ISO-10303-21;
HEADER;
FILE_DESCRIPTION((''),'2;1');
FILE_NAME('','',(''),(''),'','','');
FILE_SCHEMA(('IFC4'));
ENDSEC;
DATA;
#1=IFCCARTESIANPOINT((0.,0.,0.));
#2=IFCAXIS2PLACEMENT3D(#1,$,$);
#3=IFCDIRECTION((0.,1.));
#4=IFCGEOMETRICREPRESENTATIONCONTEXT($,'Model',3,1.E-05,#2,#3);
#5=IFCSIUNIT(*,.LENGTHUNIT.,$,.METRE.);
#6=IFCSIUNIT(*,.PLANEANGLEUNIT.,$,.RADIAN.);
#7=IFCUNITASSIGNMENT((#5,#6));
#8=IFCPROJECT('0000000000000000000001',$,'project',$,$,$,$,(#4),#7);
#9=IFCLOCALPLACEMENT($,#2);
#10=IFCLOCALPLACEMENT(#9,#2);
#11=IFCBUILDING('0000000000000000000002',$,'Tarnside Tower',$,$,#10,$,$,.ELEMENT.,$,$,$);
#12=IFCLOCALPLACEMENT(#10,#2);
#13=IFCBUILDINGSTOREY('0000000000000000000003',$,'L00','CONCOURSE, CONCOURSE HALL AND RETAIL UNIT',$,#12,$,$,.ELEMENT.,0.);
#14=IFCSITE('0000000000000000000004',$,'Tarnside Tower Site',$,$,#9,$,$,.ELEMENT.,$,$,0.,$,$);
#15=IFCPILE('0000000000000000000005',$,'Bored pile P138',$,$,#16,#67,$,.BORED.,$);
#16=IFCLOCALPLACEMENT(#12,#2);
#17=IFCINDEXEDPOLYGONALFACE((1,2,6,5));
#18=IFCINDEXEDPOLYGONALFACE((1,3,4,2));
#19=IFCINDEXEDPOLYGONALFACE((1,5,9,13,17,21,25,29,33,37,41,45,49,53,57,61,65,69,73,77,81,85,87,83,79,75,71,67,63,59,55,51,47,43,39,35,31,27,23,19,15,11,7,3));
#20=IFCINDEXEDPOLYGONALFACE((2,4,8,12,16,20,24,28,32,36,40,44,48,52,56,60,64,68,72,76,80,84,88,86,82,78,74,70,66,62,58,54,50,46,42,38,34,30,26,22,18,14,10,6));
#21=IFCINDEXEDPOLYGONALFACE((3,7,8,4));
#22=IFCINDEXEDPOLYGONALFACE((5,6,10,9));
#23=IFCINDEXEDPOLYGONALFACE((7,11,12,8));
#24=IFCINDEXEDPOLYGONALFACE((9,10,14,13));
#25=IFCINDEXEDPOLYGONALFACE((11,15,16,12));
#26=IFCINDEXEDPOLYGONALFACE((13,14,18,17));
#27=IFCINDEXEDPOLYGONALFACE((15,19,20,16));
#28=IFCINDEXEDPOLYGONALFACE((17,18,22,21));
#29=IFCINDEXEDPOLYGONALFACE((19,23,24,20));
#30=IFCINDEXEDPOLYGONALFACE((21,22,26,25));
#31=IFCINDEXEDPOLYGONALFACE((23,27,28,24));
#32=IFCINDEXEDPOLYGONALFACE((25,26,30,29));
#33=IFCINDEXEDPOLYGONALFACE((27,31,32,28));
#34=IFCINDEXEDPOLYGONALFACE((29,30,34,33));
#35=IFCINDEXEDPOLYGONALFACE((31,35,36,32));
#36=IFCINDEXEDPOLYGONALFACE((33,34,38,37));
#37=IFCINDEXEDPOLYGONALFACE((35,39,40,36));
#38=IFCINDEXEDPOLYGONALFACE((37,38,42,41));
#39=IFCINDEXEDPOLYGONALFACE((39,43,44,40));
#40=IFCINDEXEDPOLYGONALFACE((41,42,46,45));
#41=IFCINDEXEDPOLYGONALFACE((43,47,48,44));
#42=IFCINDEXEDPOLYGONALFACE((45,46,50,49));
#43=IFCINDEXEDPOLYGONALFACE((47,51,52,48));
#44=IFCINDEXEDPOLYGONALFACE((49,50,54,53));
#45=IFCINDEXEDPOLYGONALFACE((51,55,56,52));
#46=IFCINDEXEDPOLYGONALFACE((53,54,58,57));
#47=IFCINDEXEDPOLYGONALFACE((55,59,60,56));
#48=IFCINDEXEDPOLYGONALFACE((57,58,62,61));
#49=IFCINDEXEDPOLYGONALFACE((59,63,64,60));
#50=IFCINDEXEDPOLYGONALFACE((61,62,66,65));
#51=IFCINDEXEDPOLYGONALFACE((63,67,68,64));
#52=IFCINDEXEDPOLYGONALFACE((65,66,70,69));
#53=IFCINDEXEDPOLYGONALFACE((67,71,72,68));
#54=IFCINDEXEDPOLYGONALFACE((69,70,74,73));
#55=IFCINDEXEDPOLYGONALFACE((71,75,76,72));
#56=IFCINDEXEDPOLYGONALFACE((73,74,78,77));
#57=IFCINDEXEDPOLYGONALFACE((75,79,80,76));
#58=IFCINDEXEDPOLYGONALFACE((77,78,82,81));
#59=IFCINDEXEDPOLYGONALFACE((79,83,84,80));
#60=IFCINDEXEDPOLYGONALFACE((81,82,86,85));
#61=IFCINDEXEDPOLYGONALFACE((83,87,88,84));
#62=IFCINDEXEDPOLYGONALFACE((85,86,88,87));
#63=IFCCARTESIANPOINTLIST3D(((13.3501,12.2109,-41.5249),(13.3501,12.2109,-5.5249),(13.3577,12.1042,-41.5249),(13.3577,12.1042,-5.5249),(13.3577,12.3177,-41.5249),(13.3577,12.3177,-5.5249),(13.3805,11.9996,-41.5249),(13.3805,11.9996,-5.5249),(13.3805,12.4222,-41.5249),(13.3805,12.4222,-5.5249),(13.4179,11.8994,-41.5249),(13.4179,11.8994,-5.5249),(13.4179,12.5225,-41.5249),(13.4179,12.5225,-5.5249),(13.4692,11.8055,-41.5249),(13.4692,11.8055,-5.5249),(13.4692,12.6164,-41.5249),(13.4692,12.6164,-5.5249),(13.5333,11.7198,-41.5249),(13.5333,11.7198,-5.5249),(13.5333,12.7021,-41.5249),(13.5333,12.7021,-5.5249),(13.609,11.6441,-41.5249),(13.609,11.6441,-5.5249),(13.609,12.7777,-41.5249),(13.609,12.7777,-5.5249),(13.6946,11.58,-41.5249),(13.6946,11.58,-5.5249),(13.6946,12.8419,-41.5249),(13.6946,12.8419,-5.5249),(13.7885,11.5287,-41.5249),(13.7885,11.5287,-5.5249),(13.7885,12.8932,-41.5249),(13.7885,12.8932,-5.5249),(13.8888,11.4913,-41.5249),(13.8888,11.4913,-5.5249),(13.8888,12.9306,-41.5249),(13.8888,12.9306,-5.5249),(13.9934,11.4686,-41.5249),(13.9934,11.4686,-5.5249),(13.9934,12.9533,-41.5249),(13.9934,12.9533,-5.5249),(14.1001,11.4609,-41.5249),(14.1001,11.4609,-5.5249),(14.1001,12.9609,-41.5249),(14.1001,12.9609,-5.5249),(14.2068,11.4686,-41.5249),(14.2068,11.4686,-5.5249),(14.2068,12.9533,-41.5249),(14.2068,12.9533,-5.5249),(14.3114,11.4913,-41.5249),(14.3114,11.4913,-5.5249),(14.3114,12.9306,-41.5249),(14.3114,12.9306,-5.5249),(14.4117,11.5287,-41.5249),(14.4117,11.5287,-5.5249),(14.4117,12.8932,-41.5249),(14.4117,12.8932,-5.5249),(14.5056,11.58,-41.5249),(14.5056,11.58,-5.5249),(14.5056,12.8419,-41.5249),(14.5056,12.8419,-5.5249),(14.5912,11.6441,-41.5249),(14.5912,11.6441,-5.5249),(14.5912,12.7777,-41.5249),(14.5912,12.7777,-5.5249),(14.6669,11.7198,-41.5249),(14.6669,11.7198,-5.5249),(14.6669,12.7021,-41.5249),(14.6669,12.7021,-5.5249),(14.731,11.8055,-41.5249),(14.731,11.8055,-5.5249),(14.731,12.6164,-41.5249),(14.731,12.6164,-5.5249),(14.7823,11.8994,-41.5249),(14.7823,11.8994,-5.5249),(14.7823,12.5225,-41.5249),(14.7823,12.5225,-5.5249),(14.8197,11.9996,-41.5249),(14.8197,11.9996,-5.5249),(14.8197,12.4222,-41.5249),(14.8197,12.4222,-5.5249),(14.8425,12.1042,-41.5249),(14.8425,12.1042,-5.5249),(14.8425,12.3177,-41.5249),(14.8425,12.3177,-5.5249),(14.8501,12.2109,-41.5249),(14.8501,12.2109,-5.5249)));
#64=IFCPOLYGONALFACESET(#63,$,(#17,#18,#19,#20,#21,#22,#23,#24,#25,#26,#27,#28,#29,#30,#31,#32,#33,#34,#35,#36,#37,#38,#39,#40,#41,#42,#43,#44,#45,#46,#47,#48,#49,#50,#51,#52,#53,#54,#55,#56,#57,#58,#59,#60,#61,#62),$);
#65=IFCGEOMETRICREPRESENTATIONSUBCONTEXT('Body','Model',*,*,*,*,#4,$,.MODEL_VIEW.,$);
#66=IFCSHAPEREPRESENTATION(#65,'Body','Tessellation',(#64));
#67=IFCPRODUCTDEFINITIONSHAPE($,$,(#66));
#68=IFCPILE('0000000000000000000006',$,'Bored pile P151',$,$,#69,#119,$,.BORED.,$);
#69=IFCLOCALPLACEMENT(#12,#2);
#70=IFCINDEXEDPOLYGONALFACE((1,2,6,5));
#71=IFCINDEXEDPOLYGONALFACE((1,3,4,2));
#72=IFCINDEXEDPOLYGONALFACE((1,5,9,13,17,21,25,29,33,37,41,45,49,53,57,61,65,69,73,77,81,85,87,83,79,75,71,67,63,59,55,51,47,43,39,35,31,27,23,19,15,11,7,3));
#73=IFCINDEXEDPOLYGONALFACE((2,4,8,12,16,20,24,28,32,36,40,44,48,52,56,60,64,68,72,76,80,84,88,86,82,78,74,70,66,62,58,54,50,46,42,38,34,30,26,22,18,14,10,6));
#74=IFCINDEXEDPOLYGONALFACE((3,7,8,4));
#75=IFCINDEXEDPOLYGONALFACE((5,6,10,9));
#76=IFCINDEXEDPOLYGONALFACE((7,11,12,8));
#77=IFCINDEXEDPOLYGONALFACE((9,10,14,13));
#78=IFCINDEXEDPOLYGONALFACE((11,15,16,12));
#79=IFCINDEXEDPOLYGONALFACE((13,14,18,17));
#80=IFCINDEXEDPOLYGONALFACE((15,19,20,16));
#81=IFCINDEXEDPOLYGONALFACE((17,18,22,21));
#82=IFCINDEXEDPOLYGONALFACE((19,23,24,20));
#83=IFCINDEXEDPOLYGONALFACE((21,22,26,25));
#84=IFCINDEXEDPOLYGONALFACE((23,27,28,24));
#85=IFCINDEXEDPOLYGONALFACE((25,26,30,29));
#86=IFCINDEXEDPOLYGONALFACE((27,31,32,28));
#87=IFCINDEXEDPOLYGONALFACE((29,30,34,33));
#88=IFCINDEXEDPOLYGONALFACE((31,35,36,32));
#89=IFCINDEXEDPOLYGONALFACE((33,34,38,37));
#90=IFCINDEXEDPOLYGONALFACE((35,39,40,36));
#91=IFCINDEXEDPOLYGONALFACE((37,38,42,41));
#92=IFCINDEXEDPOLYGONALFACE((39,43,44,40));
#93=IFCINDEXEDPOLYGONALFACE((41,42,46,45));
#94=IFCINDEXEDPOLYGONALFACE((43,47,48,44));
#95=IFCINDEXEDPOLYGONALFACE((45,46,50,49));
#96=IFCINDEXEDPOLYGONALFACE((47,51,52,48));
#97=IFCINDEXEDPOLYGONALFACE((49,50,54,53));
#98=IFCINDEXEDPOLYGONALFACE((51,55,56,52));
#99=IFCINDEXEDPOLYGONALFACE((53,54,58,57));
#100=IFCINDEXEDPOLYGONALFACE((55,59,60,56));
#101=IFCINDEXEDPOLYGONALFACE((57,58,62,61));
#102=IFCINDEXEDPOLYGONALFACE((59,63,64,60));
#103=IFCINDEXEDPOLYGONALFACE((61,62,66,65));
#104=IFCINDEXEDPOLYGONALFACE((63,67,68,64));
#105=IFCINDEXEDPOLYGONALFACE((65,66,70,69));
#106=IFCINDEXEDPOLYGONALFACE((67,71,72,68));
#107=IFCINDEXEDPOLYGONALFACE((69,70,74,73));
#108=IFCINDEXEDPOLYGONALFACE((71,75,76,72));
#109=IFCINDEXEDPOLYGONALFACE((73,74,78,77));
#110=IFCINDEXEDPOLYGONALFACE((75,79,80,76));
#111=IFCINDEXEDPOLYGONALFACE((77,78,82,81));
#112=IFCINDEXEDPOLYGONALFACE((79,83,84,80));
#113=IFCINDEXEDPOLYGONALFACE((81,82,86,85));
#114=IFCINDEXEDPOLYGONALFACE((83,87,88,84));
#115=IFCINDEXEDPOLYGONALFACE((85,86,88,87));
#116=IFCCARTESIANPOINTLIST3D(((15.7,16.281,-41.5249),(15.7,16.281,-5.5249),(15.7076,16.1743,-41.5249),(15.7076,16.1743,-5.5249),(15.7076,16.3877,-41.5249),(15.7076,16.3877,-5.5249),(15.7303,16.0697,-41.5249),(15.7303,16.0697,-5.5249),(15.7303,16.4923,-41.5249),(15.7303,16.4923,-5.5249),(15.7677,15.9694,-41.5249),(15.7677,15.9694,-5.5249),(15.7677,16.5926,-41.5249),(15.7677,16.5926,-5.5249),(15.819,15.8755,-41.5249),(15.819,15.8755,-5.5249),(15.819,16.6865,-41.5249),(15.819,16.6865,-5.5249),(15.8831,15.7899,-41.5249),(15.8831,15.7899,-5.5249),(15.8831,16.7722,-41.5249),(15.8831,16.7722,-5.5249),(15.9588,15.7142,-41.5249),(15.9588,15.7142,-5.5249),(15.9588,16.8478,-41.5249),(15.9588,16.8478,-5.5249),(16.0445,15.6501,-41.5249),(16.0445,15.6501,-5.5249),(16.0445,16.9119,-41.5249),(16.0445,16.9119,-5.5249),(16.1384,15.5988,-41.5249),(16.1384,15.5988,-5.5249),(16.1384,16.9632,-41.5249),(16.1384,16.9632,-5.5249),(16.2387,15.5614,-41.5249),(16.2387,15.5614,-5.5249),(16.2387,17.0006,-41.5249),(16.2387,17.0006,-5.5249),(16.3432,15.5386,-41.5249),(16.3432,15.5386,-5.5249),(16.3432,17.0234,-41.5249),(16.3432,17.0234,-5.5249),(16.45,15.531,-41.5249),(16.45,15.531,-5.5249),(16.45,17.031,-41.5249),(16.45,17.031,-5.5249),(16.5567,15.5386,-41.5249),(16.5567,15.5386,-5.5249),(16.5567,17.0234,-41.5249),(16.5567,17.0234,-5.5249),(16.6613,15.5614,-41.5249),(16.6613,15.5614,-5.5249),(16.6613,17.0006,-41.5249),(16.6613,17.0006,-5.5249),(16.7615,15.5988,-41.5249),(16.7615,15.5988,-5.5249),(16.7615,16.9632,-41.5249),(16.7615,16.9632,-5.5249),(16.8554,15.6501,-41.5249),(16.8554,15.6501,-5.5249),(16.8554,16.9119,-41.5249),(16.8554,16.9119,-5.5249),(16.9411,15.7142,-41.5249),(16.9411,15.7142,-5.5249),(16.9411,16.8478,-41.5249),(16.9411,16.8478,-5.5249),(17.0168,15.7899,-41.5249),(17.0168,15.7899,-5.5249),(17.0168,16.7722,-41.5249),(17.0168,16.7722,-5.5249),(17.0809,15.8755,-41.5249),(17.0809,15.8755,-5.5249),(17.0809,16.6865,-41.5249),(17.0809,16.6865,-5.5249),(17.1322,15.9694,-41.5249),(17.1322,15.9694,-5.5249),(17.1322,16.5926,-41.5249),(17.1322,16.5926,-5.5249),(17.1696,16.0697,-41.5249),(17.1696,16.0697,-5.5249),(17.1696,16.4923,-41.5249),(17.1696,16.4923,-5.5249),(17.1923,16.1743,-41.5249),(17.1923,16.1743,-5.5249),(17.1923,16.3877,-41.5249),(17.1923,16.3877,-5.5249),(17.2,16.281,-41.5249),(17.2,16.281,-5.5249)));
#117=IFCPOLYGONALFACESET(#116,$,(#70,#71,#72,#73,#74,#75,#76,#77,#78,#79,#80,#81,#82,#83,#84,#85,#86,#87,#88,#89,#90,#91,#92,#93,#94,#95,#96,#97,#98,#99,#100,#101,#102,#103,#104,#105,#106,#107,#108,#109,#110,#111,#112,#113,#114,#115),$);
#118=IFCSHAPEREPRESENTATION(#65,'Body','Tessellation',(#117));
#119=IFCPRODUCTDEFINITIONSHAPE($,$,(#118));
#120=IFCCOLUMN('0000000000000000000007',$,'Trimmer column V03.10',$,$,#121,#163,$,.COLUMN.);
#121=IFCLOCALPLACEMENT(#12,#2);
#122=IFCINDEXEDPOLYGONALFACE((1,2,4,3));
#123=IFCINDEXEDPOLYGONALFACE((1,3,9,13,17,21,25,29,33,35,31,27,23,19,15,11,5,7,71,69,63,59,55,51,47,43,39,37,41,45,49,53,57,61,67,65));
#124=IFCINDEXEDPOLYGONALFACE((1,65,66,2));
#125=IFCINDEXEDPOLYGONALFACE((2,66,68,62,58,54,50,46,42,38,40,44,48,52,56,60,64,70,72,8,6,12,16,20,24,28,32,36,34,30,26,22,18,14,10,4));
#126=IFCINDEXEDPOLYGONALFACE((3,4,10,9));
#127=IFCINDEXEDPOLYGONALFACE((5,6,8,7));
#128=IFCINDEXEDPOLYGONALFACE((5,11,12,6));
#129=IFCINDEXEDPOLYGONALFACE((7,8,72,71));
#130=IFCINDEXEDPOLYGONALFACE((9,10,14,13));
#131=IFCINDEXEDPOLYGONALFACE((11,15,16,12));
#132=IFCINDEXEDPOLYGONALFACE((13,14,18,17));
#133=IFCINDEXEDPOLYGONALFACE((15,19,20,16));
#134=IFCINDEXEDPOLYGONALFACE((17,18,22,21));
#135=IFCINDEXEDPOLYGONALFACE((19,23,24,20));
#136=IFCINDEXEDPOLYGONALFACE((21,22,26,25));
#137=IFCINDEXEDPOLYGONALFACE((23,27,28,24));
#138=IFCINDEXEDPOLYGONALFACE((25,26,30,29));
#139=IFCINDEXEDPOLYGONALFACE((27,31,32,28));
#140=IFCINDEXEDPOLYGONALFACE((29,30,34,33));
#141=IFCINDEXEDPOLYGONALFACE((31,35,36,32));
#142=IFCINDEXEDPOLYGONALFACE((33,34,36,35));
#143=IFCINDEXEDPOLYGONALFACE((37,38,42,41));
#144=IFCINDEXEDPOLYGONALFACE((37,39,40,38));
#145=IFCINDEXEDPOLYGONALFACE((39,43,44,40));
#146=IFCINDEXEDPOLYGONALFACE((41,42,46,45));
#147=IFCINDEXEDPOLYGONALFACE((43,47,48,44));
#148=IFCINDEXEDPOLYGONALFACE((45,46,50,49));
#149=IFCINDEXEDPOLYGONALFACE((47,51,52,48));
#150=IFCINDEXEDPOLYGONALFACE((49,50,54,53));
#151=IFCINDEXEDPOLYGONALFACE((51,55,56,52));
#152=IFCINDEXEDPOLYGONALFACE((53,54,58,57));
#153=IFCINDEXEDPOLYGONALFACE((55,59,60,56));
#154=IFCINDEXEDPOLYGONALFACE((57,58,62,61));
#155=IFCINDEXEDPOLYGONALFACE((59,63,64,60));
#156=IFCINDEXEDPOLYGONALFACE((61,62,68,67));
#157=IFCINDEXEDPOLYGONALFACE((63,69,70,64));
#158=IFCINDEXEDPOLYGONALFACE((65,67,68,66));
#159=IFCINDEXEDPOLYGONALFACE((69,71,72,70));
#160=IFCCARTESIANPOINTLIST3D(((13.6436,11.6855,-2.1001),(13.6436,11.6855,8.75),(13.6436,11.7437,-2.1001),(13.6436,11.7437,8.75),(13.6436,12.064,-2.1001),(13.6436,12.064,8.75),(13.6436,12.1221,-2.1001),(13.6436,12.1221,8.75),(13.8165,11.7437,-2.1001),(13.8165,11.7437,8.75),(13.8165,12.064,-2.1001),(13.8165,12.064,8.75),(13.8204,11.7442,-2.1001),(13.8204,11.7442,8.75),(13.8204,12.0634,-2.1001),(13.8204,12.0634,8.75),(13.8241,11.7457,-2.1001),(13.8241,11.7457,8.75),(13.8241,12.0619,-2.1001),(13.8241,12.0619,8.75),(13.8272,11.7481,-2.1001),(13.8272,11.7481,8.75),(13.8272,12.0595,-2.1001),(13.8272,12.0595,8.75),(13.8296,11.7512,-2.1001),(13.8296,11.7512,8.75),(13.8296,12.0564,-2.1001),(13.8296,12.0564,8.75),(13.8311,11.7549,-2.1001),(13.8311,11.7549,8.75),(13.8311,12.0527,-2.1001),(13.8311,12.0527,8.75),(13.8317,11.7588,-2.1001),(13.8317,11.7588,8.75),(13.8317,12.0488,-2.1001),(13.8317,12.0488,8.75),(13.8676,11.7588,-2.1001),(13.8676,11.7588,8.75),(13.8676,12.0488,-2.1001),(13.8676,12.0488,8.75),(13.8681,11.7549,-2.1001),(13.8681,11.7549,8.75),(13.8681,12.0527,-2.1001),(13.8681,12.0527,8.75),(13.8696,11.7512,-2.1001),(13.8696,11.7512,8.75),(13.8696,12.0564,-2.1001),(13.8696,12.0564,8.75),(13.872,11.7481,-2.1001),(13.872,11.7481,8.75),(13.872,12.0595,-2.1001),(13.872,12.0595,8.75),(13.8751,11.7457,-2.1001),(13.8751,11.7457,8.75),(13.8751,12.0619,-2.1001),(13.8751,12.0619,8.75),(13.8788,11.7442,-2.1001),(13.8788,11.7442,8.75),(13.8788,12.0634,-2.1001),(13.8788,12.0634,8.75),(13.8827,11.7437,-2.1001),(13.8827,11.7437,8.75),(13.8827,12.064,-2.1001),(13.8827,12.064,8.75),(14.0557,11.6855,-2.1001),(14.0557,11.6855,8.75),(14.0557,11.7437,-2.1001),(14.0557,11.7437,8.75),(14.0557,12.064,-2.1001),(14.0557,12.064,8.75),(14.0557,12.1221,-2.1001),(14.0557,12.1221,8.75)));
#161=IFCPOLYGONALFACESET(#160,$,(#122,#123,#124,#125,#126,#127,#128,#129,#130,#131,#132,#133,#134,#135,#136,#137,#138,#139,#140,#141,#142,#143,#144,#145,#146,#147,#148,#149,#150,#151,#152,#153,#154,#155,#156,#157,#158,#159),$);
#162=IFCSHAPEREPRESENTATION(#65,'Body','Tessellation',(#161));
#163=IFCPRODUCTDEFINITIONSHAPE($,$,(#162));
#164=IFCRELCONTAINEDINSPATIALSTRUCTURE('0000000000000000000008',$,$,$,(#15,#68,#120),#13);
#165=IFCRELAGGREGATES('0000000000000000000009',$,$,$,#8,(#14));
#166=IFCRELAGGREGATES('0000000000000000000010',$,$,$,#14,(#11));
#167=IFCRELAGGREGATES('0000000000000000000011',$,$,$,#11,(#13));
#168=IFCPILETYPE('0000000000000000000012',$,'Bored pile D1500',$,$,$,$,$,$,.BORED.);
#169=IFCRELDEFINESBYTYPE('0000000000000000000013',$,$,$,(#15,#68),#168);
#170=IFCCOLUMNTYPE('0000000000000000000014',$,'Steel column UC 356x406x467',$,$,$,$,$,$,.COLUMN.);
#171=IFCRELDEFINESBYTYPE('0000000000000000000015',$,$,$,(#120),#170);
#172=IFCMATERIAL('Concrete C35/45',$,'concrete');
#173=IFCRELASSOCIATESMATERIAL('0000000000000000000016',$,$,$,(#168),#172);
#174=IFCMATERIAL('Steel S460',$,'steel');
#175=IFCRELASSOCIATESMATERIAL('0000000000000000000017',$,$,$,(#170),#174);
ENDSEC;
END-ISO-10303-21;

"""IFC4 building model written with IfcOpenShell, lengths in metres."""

from ifc_helpers import new_model, si_unit, direction, frame, origin, origin_2d, place, context, subcontext, project, spatial, circle, i_section, extrude, material, material_profile, profile_set, type_object, element, save


model = new_model("IFC4")

# Units and contexts
model_context = context("Model", 3, precision=1e-05, world=origin(), true_north=direction((0.0, 1.0)))
body_context = subcontext(model_context, "Body", "Model", "MODEL_VIEW")
ifc_project = project(units=[si_unit("LENGTHUNIT", "METRE"), si_unit("PLANEANGLEUNIT", "RADIAN")], contexts=[model_context])

# Site, building, storey
site_placement = place(None, origin())
site = spatial("IfcSite", under=ifc_project, at=site_placement, Name="Tarnside Tower Site", CompositionType="ELEMENT", RefElevation=0.0)
building_placement = place(site_placement, origin())
building = spatial("IfcBuilding", under=site, at=building_placement, Name="Tarnside Tower", CompositionType="ELEMENT")
storey_placement = place(building_placement, origin())
storey = spatial("IfcBuildingStorey", under=building, at=storey_placement, Name="L00", Description="CONCOURSE, CONCOURSE HALL AND RETAIL UNIT", CompositionType="ELEMENT", Elevation=0.0)

# Piles
ifc_material_1 = material(Name="Concrete C35/45", Category="concrete")
ifc_material_profile_1 = material_profile(ifc_material_1, circle(Radius=0.75, at=origin_2d()), Name="Bored pile D1500")
ifc_profile_set_1 = profile_set([ifc_material_profile_1], Name="Concrete C35/45")
pile_type = type_object("IfcPileType", Name="Bored pile D1500", PredefinedType="BORED", material=ifc_profile_set_1)
for number, where, z_axis, x_axis, name in (
    (1, (14.1001, 12.2109, -5.5249), (0.0, 0.0, -1.0), (1.0, 0.0, 0.0), "Bored pile P138"),
    (2, (16.45, 16.281, -5.5249), (0.0, 0.0, -1.0), (1.0, 0.0, 0.0), "Bored pile P151"),
):
    element("IfcPile", number, at=place(storey_placement, frame(where, z_axis=z_axis, x_axis=x_axis)), inside=storey, type_object=pile_type, Name=name, PredefinedType="BORED", context=body_context, shape_type="SweptSolid", body=[
        extrude(circle(Radius=0.75, at=origin_2d()), origin(), (0.0, 0.0, 1.0), 36.0),
    ])

# Column
ifc_material_2 = material(Name="Steel S460", Category="steel")
ifc_material_profile_2 = material_profile(ifc_material_2, i_section(OverallWidth=0.4121, OverallDepth=0.4365, WebThickness=0.0359, FlangeThickness=0.0581, FilletRadius=0.0151, at=origin_2d()), Name="UC 356x406x467")
ifc_profile_set_2 = profile_set([ifc_material_profile_2], Name="Steel S460")
column_type = type_object("IfcColumnType", Name="Steel column UC 356x406x467", PredefinedType="COLUMN", material=ifc_profile_set_2)
for number, where, z_axis, x_axis, name in (
    (3, (13.8496, 11.9038, -2.1001), (0.0, 0.0, 1.0), (1.0, 0.0, 0.0), "Trimmer column V03.10"),
):
    element("IfcColumn", number, at=place(storey_placement, frame(where, z_axis=z_axis, x_axis=x_axis)), inside=storey, type_object=column_type, Name=name, PredefinedType="COLUMN", context=body_context, shape_type="SweptSolid", body=[
        extrude(i_section(OverallWidth=0.4121, OverallDepth=0.4365, WebThickness=0.0359, FlangeThickness=0.0581, FilletRadius=0.0151, at=origin_2d()), origin(), (0.0, 0.0, 1.0), 10.8501),
    ])

save(model, "model.ifc")
